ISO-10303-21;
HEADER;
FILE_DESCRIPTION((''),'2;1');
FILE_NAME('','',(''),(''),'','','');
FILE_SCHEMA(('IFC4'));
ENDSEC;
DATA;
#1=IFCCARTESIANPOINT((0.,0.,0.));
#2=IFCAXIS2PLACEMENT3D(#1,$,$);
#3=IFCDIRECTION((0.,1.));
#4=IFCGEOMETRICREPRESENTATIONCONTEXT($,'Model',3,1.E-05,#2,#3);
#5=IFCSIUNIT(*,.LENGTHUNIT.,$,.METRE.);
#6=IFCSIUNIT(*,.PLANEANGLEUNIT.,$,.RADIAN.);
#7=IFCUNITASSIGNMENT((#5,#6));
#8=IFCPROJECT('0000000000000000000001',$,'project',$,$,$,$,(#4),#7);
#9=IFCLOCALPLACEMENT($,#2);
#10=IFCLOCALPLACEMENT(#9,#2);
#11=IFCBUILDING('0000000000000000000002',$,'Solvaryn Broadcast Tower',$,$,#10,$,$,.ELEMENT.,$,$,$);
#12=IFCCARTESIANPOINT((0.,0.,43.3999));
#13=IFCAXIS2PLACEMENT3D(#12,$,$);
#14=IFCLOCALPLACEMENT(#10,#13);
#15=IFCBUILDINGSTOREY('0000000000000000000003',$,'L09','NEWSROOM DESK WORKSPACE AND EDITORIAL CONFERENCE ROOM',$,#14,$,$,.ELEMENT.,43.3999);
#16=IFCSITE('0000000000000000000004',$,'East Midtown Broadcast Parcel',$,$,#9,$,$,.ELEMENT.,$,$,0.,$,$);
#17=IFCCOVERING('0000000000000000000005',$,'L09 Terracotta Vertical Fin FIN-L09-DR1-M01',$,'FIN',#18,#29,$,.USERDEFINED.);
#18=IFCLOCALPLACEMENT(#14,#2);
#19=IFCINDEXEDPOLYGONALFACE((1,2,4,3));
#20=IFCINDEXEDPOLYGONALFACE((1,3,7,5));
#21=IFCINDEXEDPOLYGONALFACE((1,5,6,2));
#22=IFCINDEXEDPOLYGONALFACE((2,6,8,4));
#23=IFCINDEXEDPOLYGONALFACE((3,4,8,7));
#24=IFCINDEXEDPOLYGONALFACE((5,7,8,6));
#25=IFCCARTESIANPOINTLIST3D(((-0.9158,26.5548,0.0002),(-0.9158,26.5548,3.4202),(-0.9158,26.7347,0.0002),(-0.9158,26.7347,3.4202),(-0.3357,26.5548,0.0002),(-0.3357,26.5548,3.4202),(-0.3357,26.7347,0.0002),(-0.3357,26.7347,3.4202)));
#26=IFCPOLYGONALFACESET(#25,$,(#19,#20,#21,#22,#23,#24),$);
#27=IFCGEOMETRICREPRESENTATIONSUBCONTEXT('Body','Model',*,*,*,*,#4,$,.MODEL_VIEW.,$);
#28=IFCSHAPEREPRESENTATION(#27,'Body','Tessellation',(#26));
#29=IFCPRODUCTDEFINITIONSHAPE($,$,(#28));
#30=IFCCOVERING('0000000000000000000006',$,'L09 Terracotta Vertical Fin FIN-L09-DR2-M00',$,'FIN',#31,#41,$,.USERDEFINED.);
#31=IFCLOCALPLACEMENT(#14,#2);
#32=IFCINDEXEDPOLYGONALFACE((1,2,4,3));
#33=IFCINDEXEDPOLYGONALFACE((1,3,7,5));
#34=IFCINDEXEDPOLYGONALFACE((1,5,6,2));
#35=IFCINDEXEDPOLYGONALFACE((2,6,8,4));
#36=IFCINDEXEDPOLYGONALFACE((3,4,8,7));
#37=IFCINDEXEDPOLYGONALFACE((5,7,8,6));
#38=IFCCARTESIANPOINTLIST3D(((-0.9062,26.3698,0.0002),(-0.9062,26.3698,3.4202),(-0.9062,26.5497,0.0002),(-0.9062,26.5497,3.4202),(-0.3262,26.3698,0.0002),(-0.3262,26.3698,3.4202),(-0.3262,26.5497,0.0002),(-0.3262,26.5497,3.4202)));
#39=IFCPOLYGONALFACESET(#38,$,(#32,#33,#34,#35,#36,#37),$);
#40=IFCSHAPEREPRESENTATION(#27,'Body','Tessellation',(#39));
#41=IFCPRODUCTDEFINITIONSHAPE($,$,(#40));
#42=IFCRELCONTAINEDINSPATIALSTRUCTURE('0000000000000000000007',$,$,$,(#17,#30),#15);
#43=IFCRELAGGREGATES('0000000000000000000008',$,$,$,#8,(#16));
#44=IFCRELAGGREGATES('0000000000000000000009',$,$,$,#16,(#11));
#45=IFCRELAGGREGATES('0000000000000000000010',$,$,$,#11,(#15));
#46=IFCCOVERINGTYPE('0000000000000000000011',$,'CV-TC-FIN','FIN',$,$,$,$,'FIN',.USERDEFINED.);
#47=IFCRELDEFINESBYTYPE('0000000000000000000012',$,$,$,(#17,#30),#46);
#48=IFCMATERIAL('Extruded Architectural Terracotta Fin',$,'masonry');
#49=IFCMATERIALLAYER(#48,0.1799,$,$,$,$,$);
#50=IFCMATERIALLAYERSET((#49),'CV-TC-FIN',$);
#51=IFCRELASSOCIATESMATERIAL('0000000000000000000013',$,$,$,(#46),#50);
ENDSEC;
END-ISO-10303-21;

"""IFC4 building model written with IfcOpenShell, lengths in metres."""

from ifc_helpers import new_model, si_unit, direction, frame, origin, origin_2d, place, context, subcontext, project, spatial, rectangle, extrude, material, layer, layer_set, type_object, element, save


model = new_model("IFC4")

# Units and contexts
model_context = context("Model", 3, precision=1e-05, world=origin(), true_north=direction((0.0, 1.0)))
body_context = subcontext(model_context, "Body", "Model", "MODEL_VIEW")
ifc_project = project(units=[si_unit("LENGTHUNIT", "METRE"), si_unit("PLANEANGLEUNIT", "RADIAN")], contexts=[model_context])

# Site, building, storey
site_placement = place(None, origin())
site = spatial("IfcSite", under=ifc_project, at=site_placement, Name="East Midtown Broadcast Parcel", CompositionType="ELEMENT", RefElevation=0.0)
building_placement = place(site_placement, origin())
building = spatial("IfcBuilding", under=site, at=building_placement, Name="Solvaryn Broadcast Tower", CompositionType="ELEMENT")
storey_placement = place(building_placement, frame((0.0, 0.0, 43.3999)))
storey = spatial("IfcBuildingStorey", under=building, at=storey_placement, Name="L09", Description="NEWSROOM DESK WORKSPACE AND EDITORIAL CONFERENCE ROOM", CompositionType="ELEMENT", Elevation=43.3999)

# Coverings
ifc_material_1 = material(Name="Extruded Architectural Terracotta Fin", Category="masonry")
ifc_layer_1 = layer(ifc_material_1, 0.1799)
ifc_layer_set_1 = layer_set([ifc_layer_1], Name="CV-TC-FIN")
covering_type_1 = type_object("IfcCoveringType", Name="CV-TC-FIN", Description="FIN", ElementType="FIN", PredefinedType="USERDEFINED", material=ifc_layer_set_1)
for number, where, z_axis, x_axis, name in (
    (1, (-0.6257, 26.6448, 0.0002), (0.0, 0.0, 1.0), (1.0, 0.0, 0.0), "L09 Terracotta Vertical Fin FIN-L09-DR1-M01"),
    (2, (-0.6162, 26.4597, 0.0002), (0.0, 0.0, 1.0), (1.0, 0.0, 0.0), "L09 Terracotta Vertical Fin FIN-L09-DR2-M00"),
):
    element("IfcCovering", number, at=place(storey_placement, frame(where, z_axis=z_axis, x_axis=x_axis)), inside=storey, type_object=covering_type_1, Name=name, ObjectType="FIN", PredefinedType="USERDEFINED", context=body_context, shape_type="SweptSolid", body=[
        extrude(rectangle(XDim=0.5801, YDim=0.1799, at=origin_2d()), origin(), (0.0, 0.0, 1.0), 3.4199),
    ])

save(model, "model.ifc")
